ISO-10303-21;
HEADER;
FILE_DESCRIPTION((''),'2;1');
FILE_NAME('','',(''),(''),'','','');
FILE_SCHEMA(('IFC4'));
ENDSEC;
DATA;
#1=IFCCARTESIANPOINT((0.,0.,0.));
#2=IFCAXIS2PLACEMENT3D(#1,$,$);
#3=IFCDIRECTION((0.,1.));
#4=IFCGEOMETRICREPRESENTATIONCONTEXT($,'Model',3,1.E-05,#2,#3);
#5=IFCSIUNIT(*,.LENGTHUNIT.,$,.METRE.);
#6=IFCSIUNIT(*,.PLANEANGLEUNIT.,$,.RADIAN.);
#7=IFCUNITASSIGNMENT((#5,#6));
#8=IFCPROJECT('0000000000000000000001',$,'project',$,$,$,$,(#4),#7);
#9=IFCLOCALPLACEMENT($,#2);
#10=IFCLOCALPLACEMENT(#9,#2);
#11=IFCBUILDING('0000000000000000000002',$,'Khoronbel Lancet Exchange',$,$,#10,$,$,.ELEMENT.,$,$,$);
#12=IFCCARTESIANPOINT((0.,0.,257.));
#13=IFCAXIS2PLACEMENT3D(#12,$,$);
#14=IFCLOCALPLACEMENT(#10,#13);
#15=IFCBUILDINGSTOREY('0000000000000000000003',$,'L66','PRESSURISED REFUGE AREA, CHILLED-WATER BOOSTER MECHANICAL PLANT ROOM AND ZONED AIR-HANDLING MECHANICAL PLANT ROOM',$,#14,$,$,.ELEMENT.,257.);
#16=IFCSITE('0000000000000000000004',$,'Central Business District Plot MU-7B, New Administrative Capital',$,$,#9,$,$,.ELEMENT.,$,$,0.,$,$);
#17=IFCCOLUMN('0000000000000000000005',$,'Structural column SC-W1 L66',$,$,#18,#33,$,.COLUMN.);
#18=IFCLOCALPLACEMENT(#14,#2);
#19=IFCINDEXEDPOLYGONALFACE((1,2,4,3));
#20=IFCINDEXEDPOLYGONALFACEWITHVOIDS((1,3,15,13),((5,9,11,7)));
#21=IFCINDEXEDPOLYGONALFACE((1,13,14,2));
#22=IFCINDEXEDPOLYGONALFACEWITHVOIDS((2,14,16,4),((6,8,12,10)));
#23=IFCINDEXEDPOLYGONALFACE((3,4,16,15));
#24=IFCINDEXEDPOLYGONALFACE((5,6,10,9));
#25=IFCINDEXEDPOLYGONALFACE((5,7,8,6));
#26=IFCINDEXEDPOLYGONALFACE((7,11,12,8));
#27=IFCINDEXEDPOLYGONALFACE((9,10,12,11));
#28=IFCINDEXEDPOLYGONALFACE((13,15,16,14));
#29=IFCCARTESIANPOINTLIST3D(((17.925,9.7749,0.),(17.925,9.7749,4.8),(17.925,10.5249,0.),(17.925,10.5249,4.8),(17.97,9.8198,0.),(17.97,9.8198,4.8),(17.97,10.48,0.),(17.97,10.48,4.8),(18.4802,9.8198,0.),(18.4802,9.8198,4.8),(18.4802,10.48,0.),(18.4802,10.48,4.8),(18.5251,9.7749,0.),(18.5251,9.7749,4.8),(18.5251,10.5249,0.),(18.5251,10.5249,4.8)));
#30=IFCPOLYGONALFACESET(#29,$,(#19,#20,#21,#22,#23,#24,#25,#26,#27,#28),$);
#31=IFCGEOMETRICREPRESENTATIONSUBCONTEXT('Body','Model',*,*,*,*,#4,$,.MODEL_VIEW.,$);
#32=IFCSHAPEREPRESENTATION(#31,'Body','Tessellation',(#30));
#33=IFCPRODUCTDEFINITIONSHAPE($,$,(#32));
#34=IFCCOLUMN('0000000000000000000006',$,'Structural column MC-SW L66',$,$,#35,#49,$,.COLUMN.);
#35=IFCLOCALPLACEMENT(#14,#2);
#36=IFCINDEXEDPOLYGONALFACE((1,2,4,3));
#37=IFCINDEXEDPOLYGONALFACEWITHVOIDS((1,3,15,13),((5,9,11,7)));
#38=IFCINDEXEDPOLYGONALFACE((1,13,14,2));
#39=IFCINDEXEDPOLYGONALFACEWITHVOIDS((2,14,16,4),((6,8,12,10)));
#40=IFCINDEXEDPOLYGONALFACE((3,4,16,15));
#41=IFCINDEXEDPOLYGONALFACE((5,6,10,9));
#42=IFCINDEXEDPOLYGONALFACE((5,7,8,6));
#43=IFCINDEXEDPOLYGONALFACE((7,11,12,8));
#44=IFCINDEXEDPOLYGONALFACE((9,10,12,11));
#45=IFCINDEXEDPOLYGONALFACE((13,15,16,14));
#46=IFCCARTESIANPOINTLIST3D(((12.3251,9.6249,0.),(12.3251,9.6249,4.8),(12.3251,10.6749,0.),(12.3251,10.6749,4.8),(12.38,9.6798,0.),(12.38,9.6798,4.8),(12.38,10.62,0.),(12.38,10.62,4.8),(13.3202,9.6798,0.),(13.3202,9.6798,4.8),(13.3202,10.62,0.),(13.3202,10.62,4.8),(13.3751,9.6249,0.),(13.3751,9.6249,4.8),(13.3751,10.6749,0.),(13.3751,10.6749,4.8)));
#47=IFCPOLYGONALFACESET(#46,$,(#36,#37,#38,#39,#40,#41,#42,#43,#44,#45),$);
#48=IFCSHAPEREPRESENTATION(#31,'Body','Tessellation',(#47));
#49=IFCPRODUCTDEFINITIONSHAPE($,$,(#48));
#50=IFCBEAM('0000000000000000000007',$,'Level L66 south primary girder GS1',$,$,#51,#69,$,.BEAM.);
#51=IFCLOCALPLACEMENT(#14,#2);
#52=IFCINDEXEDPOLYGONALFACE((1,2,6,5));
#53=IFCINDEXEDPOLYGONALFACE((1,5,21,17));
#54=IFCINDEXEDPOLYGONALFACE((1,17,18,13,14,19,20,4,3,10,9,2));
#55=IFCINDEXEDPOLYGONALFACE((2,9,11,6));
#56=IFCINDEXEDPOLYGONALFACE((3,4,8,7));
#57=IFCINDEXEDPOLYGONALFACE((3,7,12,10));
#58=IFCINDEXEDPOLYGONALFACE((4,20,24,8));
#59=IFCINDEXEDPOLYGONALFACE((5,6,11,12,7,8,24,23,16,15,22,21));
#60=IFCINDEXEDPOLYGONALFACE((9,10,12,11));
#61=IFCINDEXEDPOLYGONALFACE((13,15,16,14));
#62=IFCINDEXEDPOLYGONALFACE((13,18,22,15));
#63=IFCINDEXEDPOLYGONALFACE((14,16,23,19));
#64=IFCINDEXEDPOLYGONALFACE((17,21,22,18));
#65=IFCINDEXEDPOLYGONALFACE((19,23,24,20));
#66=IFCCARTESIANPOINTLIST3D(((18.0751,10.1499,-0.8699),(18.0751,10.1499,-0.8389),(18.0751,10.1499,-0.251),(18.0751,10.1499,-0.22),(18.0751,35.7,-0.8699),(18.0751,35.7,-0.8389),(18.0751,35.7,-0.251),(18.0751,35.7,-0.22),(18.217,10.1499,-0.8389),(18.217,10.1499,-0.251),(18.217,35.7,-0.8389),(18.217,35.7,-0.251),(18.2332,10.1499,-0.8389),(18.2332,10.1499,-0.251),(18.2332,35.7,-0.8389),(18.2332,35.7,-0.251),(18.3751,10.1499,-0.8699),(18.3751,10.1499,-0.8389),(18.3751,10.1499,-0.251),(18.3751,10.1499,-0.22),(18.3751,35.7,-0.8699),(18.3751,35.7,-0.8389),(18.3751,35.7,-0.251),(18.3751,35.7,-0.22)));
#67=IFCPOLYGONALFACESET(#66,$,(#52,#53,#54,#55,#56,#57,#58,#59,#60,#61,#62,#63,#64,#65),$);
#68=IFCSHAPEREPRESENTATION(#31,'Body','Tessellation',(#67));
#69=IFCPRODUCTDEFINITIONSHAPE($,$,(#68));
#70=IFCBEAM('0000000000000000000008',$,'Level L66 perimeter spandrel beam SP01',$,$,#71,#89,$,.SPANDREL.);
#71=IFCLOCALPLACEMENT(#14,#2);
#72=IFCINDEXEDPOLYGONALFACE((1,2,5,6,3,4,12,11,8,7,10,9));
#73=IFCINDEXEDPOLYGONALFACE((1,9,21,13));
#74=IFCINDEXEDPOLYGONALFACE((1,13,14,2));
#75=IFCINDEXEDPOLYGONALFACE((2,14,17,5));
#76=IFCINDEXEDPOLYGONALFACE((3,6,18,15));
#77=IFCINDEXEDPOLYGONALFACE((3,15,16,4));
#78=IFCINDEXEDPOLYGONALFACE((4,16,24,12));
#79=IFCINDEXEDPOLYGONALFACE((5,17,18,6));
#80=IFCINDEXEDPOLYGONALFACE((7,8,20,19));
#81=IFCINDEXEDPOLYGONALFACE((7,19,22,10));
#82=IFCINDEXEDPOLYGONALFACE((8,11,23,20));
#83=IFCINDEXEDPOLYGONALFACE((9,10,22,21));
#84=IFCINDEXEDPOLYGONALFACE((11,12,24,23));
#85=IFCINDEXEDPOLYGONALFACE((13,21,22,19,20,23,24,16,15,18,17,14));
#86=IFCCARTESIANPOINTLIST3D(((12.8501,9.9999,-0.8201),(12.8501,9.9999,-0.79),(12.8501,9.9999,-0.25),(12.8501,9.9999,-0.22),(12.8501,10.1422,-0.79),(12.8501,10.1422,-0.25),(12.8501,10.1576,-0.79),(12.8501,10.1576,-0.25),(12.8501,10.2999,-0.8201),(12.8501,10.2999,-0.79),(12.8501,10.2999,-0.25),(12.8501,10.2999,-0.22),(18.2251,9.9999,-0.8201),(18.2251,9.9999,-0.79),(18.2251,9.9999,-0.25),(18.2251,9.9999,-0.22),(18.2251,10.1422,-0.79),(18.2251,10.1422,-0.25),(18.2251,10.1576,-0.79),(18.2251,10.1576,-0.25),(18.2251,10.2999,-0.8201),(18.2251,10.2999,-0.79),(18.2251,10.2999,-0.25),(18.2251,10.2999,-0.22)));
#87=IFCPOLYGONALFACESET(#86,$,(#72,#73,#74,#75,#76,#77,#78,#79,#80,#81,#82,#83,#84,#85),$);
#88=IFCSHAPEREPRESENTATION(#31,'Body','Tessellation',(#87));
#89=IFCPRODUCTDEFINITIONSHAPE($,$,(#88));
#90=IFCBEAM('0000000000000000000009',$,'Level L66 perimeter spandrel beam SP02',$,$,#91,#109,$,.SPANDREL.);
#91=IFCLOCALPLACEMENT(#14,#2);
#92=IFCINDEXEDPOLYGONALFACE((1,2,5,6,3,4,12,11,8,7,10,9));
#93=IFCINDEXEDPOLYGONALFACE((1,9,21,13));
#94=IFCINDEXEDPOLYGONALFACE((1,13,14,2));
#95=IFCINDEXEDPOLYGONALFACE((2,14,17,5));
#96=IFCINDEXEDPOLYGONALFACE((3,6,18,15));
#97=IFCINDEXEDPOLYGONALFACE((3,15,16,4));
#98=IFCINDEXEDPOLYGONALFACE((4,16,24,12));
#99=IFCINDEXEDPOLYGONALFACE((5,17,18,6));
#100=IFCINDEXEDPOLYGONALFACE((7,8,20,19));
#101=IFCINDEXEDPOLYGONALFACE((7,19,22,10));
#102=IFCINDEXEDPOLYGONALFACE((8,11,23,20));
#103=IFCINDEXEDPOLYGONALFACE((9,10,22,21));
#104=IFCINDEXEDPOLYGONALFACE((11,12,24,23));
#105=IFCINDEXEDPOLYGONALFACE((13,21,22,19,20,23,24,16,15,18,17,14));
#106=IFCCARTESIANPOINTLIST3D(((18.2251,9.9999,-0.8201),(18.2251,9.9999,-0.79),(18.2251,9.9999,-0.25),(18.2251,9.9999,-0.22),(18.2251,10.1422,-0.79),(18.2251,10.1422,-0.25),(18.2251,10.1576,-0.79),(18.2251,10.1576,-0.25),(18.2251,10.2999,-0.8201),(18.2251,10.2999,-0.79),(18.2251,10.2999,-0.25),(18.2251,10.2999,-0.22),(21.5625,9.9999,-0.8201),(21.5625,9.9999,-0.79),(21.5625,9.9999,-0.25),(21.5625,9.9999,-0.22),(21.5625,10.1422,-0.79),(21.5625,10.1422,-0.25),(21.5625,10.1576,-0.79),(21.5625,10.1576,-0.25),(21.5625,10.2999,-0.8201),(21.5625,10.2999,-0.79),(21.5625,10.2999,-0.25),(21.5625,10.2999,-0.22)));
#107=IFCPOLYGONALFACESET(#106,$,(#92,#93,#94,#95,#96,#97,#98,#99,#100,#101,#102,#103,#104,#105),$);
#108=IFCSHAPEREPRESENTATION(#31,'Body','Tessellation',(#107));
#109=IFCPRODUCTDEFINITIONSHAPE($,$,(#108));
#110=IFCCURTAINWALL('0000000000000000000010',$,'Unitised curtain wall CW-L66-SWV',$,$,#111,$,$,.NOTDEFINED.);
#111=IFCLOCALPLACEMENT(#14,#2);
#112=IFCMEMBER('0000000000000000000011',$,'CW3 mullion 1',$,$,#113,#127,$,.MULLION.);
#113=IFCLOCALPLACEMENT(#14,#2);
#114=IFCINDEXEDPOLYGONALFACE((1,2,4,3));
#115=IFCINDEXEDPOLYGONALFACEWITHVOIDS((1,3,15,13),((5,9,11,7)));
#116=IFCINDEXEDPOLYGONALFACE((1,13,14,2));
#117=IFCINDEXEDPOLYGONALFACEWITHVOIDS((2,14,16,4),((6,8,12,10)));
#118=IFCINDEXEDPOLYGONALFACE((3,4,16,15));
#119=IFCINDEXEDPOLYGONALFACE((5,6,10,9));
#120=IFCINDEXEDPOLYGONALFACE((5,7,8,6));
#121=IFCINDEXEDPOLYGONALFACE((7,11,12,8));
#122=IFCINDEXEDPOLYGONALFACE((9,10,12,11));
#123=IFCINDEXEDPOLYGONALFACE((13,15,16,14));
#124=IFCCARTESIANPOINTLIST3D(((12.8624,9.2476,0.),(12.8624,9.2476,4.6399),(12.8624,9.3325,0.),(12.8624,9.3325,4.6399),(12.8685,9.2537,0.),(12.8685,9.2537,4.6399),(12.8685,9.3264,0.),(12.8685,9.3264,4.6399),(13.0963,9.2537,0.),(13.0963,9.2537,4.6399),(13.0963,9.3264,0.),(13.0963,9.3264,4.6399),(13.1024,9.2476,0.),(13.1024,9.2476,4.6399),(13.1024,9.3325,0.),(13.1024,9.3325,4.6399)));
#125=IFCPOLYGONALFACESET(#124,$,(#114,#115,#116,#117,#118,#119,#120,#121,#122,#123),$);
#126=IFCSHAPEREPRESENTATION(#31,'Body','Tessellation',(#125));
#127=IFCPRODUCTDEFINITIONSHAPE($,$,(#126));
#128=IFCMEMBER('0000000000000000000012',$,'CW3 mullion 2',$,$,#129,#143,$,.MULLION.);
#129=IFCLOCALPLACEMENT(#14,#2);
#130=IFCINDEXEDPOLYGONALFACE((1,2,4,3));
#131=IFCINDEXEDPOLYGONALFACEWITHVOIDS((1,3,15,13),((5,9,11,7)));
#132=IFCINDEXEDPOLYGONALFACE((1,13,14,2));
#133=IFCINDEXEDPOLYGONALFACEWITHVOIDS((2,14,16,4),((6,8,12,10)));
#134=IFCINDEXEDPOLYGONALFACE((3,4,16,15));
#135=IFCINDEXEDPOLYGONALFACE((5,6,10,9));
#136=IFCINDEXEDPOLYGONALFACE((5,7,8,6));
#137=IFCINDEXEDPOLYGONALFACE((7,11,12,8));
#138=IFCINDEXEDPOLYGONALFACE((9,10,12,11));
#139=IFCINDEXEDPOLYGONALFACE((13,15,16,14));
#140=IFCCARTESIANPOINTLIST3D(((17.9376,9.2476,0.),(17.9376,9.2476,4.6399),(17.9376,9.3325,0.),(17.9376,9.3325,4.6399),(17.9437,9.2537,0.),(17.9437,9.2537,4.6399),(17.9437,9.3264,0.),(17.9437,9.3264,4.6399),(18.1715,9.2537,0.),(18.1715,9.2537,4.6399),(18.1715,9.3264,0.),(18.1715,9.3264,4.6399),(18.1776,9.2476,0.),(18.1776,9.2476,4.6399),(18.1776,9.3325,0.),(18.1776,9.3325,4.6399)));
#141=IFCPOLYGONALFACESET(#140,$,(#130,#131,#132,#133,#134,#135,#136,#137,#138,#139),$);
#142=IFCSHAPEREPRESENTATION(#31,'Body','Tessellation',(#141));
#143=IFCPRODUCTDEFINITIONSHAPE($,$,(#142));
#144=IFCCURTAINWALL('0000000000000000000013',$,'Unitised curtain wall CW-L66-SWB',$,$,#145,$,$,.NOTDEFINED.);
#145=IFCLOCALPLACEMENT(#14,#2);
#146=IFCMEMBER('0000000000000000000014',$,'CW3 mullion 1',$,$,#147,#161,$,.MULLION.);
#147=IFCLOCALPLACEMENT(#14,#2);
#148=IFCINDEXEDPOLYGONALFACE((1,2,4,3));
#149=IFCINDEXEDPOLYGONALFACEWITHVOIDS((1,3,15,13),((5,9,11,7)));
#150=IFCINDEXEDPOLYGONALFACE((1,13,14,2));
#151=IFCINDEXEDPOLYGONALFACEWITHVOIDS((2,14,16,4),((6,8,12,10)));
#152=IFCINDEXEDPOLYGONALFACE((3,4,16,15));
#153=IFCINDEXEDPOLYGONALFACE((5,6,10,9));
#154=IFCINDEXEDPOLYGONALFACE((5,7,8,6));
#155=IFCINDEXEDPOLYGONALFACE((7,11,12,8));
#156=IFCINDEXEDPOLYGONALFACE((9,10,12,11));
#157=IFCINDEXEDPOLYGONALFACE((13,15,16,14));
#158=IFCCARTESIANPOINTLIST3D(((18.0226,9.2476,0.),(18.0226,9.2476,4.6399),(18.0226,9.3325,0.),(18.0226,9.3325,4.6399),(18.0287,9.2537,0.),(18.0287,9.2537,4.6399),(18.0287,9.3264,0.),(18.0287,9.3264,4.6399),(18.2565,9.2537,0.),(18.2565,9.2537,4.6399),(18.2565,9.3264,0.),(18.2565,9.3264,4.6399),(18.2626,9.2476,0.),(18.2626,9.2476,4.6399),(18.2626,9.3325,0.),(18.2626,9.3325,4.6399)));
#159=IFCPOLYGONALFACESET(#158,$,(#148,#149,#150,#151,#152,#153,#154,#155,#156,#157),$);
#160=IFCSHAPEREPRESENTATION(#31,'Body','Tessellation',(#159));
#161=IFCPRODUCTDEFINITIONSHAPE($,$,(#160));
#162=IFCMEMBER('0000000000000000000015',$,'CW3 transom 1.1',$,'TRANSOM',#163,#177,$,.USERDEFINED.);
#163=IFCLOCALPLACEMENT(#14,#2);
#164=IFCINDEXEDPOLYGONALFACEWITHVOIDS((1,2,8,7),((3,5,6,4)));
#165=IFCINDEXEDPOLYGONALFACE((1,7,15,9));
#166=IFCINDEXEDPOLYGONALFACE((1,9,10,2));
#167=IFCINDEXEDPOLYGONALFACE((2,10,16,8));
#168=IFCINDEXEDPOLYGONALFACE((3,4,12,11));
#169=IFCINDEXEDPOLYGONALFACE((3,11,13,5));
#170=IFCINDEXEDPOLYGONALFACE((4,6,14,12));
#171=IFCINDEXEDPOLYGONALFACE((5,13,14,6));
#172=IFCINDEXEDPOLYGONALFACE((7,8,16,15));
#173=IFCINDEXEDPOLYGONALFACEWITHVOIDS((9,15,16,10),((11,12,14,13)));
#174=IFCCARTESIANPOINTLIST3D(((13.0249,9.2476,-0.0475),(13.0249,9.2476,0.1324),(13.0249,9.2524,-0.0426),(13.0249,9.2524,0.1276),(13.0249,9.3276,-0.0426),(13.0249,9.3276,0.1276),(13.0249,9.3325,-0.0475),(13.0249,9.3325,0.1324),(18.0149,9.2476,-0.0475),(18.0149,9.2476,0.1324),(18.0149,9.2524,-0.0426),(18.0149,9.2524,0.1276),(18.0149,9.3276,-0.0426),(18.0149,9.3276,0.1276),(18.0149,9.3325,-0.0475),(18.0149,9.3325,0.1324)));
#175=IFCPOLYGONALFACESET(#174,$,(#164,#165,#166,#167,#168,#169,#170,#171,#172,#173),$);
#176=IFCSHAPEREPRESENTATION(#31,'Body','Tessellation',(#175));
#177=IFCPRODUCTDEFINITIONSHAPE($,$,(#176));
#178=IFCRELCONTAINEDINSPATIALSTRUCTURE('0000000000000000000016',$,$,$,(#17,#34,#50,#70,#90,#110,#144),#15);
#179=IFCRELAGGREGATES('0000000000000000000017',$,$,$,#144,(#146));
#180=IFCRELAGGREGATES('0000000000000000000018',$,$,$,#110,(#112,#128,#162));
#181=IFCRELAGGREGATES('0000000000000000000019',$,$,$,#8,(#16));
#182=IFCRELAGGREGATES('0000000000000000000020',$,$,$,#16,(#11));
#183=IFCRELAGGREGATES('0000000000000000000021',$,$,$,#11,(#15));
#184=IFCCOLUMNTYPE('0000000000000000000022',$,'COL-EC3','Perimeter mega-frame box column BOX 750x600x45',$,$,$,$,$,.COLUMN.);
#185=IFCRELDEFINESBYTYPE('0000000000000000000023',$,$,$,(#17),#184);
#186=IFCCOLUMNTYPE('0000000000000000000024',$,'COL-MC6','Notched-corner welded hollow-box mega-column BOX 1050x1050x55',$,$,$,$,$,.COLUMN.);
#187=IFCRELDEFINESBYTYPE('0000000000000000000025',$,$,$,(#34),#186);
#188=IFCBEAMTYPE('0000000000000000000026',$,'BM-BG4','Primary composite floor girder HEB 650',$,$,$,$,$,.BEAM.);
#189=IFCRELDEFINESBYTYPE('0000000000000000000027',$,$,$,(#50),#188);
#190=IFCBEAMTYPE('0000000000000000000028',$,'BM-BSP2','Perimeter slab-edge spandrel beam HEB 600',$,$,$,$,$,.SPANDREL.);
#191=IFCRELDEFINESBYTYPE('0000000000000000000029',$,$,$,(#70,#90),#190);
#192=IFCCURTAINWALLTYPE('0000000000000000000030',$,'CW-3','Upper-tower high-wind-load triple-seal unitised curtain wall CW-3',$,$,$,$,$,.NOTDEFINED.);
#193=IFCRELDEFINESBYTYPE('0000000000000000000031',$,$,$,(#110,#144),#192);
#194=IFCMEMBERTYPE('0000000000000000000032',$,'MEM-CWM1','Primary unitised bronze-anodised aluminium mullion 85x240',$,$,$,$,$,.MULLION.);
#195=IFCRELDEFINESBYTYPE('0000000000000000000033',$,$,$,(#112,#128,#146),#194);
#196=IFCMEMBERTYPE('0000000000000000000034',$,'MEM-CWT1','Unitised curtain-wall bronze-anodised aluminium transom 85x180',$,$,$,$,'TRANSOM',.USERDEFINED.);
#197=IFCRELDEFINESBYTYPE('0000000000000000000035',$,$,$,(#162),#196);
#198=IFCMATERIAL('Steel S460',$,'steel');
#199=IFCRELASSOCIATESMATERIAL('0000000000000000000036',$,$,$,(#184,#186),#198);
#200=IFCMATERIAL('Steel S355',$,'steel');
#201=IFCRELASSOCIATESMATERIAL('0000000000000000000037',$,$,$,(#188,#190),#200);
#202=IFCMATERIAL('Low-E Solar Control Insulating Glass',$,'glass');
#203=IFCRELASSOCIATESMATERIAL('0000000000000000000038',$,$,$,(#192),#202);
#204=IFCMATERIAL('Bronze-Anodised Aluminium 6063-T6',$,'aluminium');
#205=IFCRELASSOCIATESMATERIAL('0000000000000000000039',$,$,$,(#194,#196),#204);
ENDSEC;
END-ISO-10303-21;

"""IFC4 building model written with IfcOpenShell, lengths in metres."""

from ifc_helpers import new_model, si_unit, direction, frame, origin, origin_2d, place, context, subcontext, project, spatial, hollow_rectangle, i_section, extrude, material, material_profile, profile_set, type_object, element, aggregate, save


model = new_model("IFC4")

# Units and contexts
model_context = context("Model", 3, precision=1e-05, world=origin(), true_north=direction((0.0, 1.0)))
body_context = subcontext(model_context, "Body", "Model", "MODEL_VIEW")
ifc_project = project(units=[si_unit("LENGTHUNIT", "METRE"), si_unit("PLANEANGLEUNIT", "RADIAN")], contexts=[model_context])

# Site, building, storey
site_placement = place(None, origin())
site = spatial("IfcSite", under=ifc_project, at=site_placement, Name="Central Business District Plot MU-7B, New Administrative Capital", CompositionType="ELEMENT", RefElevation=0.0)
building_placement = place(site_placement, origin())
building = spatial("IfcBuilding", under=site, at=building_placement, Name="Khoronbel Lancet Exchange", CompositionType="ELEMENT")
storey_placement = place(building_placement, frame((0.0, 0.0, 257.0)))
storey = spatial("IfcBuildingStorey", under=building, at=storey_placement, Name="L66", Description="PRESSURISED REFUGE AREA, CHILLED-WATER BOOSTER MECHANICAL PLANT ROOM AND ZONED AIR-HANDLING MECHANICAL PLANT ROOM", CompositionType="ELEMENT", Elevation=257.0)

# Columns
ifc_material_1 = material(Name="Steel S460", Category="steel")
ifc_material_profile_1 = material_profile(ifc_material_1, hollow_rectangle(XDim=0.6001, YDim=0.75, WallThickness=0.0449, at=origin_2d()), Name="BOX 750x600x45")
ifc_profile_set_1 = profile_set([ifc_material_profile_1], Name="Steel S460")
column_type_1 = type_object("IfcColumnType", Name="COL-EC3", Description="Perimeter mega-frame box column BOX 750x600x45", PredefinedType="COLUMN", material=ifc_profile_set_1)
column_1_placement = place(storey_placement, frame((18.2251, 10.1499, 0.0), z_axis=(0.0, 0.0, 1.0), x_axis=(1.0, 0.0, 0.0)))
element("IfcColumn", 1, at=column_1_placement, inside=storey, type_object=column_type_1, Name="Structural column SC-W1 L66", PredefinedType="COLUMN", context=body_context, shape_type="SweptSolid", body=[
    extrude(hollow_rectangle(XDim=0.6001, YDim=0.75, WallThickness=0.0449, at=origin_2d()), origin(), (0.0, 0.0, 1.0), 4.8),
])
ifc_material_profile_2 = material_profile(ifc_material_1, hollow_rectangle(XDim=1.05, YDim=1.05, WallThickness=0.0549, at=origin_2d()), Name="BOX 1050x1050x55")
ifc_profile_set_2 = profile_set([ifc_material_profile_2], Name="Steel S460")
column_type_2 = type_object("IfcColumnType", Name="COL-MC6", Description="Notched-corner welded hollow-box mega-column BOX 1050x1050x55", PredefinedType="COLUMN", material=ifc_profile_set_2)
column_2_placement = place(storey_placement, frame((12.8501, 10.1499, 0.0), z_axis=(0.0, 0.0, 1.0), x_axis=(1.0, 0.0, 0.0)))
element("IfcColumn", 2, at=column_2_placement, inside=storey, type_object=column_type_2, Name="Structural column MC-SW L66", PredefinedType="COLUMN", context=body_context, shape_type="SweptSolid", body=[
    extrude(hollow_rectangle(XDim=1.05, YDim=1.05, WallThickness=0.0549, at=origin_2d()), origin(), (0.0, 0.0, 1.0), 4.8),
])

# Beams
ifc_material_2 = material(Name="Steel S355", Category="steel")
ifc_material_profile_3 = material_profile(ifc_material_2, i_section(OverallWidth=0.3, OverallDepth=0.6499, WebThickness=0.0161, FlangeThickness=0.031, at=origin_2d()), Name="HEB 650")
ifc_profile_set_3 = profile_set([ifc_material_profile_3], Name="Steel S355")
beam_type_1 = type_object("IfcBeamType", Name="BM-BG4", Description="Primary composite floor girder HEB 650", PredefinedType="BEAM", material=ifc_profile_set_3)
beam_1_placement = place(storey_placement, frame((18.2251, 10.1499, -0.5449), z_axis=(0.0, 1.0, 0.0), x_axis=(-1.0, 0.0, 0.0)))
element("IfcBeam", 3, at=beam_1_placement, inside=storey, type_object=beam_type_1, Name="Level L66 south primary girder GS1", PredefinedType="BEAM", context=body_context, shape_type="SweptSolid", body=[
    extrude(i_section(OverallWidth=0.3, OverallDepth=0.6499, WebThickness=0.0161, FlangeThickness=0.031, at=origin_2d()), origin(), (0.0, 0.0, 1.0), 25.55),
])
ifc_material_profile_4 = material_profile(ifc_material_2, i_section(OverallWidth=0.3, OverallDepth=0.6001, WebThickness=0.0154, FlangeThickness=0.03, at=origin_2d()), Name="HEB 600")
ifc_profile_set_4 = profile_set([ifc_material_profile_4], Name="Steel S355")
beam_type_2 = type_object("IfcBeamType", Name="BM-BSP2", Description="Perimeter slab-edge spandrel beam HEB 600", PredefinedType="SPANDREL", material=ifc_profile_set_4)
beam_2_placement = place(storey_placement, frame((12.8501, 10.1499, -0.52), z_axis=(1.0, 0.0, 0.0), x_axis=(0.0, 1.0, 0.0)))
element("IfcBeam", 4, at=beam_2_placement, inside=storey, type_object=beam_type_2, Name="Level L66 perimeter spandrel beam SP01", PredefinedType="SPANDREL", context=body_context, shape_type="SweptSolid", body=[
    extrude(i_section(OverallWidth=0.3, OverallDepth=0.6001, WebThickness=0.0154, FlangeThickness=0.03, at=origin_2d()), origin(), (0.0, 0.0, 1.0), 5.375),
])
beam_3_placement = place(storey_placement, frame((18.2251, 10.1499, -0.52), z_axis=(1.0, 0.0, 0.0), x_axis=(0.0, 1.0, 0.0)))
element("IfcBeam", 5, at=beam_3_placement, inside=storey, type_object=beam_type_2, Name="Level L66 perimeter spandrel beam SP02", PredefinedType="SPANDREL", context=body_context, shape_type="SweptSolid", body=[
    extrude(i_section(OverallWidth=0.3, OverallDepth=0.6001, WebThickness=0.0154, FlangeThickness=0.03, at=origin_2d()), origin(), (0.0, 0.0, 1.0), 3.3374),
])

# Curtain wall, members
ifc_material_3 = material(Name="Low-E Solar Control Insulating Glass", Category="glass")
curtain_wall_type = type_object("IfcCurtainWallType", Name="CW-3", Description="Upper-tower high-wind-load triple-seal unitised curtain wall CW-3", PredefinedType="NOTDEFINED", material=ifc_material_3)
curtain_wall_1_placement = place(storey_placement, origin())
curtain_wall_1 = element("IfcCurtainWall", 6, at=curtain_wall_1_placement, inside=storey, type_object=curtain_wall_type, Name="Unitised curtain wall CW-L66-SWV", PredefinedType="NOTDEFINED")
ifc_material_4 = material(Name="Bronze-Anodised Aluminium 6063-T6", Category="aluminium")
ifc_material_profile_5 = material_profile(ifc_material_4, hollow_rectangle(XDim=0.085, YDim=0.24, WallThickness=0.0061, at=origin_2d()), Name="ALU MULLION 85x240")
ifc_profile_set_5 = profile_set([ifc_material_profile_5], Name="Bronze-Anodised Aluminium 6063-T6")
member_type_1 = type_object("IfcMemberType", Name="MEM-CWM1", Description="Primary unitised bronze-anodised aluminium mullion 85x240", PredefinedType="MULLION", material=ifc_profile_set_5)
member_1_placement = place(storey_placement, frame((12.9824, 9.29, 0.0), z_axis=(0.0, 0.0, 1.0), x_axis=(0.0, 1.0, 0.0)))
member_1 = element("IfcMember", 7, at=member_1_placement, type_object=member_type_1, Name="CW3 mullion 1", PredefinedType="MULLION", context=body_context, shape_type="SweptSolid", body=[
    extrude(hollow_rectangle(XDim=0.085, YDim=0.24, WallThickness=0.0061, at=origin_2d()), origin(), (0.0, 0.0, 1.0), 4.6399),
])
member_2_placement = place(storey_placement, frame((18.0576, 9.29, 0.0), z_axis=(0.0, 0.0, 1.0), x_axis=(0.0, 1.0, 0.0)))
member_2 = element("IfcMember", 8, at=member_2_placement, type_object=member_type_1, Name="CW3 mullion 2", PredefinedType="MULLION", context=body_context, shape_type="SweptSolid", body=[
    extrude(hollow_rectangle(XDim=0.085, YDim=0.24, WallThickness=0.0061, at=origin_2d()), origin(), (0.0, 0.0, 1.0), 4.6399),
])

# Curtain wall, member
curtain_wall_2_placement = place(storey_placement, origin())
curtain_wall_2 = element("IfcCurtainWall", 9, at=curtain_wall_2_placement, inside=storey, type_object=curtain_wall_type, Name="Unitised curtain wall CW-L66-SWB", PredefinedType="NOTDEFINED")
member_3_placement = place(storey_placement, frame((18.1426, 9.29, 0.0), z_axis=(0.0, 0.0, 1.0), x_axis=(0.0, 1.0, 0.0)))
member_3 = element("IfcMember", 10, at=member_3_placement, type_object=member_type_1, Name="CW3 mullion 1", PredefinedType="MULLION", context=body_context, shape_type="SweptSolid", body=[
    extrude(hollow_rectangle(XDim=0.085, YDim=0.24, WallThickness=0.0061, at=origin_2d()), origin(), (0.0, 0.0, 1.0), 4.6399),
])

# Member
ifc_material_profile_6 = material_profile(ifc_material_4, hollow_rectangle(XDim=0.085, YDim=0.1799, WallThickness=0.0049, at=origin_2d()), Name="ALU TRANSOM 85x180")
ifc_profile_set_6 = profile_set([ifc_material_profile_6], Name="Bronze-Anodised Aluminium 6063-T6")
member_type_2 = type_object("IfcMemberType", Name="MEM-CWT1", Description="Unitised curtain-wall bronze-anodised aluminium transom 85x180", ElementType="TRANSOM", PredefinedType="USERDEFINED", material=ifc_profile_set_6)
member_4_placement = place(storey_placement, frame((13.0249, 9.29, 0.0425), z_axis=(1.0, 0.0, 0.0), x_axis=(0.0, 1.0, 0.0)))
member_4 = element("IfcMember", 11, at=member_4_placement, type_object=member_type_2, Name="CW3 transom 1.1", ObjectType="TRANSOM", PredefinedType="USERDEFINED", context=body_context, shape_type="SweptSolid", body=[
    extrude(hollow_rectangle(XDim=0.085, YDim=0.1799, WallThickness=0.0049, at=origin_2d()), origin(), (0.0, 0.0, 1.0), 4.99),
])

aggregate(curtain_wall_2, [member_3])
aggregate(curtain_wall_1, [member_1, member_2, member_4])

save(model, "model.ifc")
